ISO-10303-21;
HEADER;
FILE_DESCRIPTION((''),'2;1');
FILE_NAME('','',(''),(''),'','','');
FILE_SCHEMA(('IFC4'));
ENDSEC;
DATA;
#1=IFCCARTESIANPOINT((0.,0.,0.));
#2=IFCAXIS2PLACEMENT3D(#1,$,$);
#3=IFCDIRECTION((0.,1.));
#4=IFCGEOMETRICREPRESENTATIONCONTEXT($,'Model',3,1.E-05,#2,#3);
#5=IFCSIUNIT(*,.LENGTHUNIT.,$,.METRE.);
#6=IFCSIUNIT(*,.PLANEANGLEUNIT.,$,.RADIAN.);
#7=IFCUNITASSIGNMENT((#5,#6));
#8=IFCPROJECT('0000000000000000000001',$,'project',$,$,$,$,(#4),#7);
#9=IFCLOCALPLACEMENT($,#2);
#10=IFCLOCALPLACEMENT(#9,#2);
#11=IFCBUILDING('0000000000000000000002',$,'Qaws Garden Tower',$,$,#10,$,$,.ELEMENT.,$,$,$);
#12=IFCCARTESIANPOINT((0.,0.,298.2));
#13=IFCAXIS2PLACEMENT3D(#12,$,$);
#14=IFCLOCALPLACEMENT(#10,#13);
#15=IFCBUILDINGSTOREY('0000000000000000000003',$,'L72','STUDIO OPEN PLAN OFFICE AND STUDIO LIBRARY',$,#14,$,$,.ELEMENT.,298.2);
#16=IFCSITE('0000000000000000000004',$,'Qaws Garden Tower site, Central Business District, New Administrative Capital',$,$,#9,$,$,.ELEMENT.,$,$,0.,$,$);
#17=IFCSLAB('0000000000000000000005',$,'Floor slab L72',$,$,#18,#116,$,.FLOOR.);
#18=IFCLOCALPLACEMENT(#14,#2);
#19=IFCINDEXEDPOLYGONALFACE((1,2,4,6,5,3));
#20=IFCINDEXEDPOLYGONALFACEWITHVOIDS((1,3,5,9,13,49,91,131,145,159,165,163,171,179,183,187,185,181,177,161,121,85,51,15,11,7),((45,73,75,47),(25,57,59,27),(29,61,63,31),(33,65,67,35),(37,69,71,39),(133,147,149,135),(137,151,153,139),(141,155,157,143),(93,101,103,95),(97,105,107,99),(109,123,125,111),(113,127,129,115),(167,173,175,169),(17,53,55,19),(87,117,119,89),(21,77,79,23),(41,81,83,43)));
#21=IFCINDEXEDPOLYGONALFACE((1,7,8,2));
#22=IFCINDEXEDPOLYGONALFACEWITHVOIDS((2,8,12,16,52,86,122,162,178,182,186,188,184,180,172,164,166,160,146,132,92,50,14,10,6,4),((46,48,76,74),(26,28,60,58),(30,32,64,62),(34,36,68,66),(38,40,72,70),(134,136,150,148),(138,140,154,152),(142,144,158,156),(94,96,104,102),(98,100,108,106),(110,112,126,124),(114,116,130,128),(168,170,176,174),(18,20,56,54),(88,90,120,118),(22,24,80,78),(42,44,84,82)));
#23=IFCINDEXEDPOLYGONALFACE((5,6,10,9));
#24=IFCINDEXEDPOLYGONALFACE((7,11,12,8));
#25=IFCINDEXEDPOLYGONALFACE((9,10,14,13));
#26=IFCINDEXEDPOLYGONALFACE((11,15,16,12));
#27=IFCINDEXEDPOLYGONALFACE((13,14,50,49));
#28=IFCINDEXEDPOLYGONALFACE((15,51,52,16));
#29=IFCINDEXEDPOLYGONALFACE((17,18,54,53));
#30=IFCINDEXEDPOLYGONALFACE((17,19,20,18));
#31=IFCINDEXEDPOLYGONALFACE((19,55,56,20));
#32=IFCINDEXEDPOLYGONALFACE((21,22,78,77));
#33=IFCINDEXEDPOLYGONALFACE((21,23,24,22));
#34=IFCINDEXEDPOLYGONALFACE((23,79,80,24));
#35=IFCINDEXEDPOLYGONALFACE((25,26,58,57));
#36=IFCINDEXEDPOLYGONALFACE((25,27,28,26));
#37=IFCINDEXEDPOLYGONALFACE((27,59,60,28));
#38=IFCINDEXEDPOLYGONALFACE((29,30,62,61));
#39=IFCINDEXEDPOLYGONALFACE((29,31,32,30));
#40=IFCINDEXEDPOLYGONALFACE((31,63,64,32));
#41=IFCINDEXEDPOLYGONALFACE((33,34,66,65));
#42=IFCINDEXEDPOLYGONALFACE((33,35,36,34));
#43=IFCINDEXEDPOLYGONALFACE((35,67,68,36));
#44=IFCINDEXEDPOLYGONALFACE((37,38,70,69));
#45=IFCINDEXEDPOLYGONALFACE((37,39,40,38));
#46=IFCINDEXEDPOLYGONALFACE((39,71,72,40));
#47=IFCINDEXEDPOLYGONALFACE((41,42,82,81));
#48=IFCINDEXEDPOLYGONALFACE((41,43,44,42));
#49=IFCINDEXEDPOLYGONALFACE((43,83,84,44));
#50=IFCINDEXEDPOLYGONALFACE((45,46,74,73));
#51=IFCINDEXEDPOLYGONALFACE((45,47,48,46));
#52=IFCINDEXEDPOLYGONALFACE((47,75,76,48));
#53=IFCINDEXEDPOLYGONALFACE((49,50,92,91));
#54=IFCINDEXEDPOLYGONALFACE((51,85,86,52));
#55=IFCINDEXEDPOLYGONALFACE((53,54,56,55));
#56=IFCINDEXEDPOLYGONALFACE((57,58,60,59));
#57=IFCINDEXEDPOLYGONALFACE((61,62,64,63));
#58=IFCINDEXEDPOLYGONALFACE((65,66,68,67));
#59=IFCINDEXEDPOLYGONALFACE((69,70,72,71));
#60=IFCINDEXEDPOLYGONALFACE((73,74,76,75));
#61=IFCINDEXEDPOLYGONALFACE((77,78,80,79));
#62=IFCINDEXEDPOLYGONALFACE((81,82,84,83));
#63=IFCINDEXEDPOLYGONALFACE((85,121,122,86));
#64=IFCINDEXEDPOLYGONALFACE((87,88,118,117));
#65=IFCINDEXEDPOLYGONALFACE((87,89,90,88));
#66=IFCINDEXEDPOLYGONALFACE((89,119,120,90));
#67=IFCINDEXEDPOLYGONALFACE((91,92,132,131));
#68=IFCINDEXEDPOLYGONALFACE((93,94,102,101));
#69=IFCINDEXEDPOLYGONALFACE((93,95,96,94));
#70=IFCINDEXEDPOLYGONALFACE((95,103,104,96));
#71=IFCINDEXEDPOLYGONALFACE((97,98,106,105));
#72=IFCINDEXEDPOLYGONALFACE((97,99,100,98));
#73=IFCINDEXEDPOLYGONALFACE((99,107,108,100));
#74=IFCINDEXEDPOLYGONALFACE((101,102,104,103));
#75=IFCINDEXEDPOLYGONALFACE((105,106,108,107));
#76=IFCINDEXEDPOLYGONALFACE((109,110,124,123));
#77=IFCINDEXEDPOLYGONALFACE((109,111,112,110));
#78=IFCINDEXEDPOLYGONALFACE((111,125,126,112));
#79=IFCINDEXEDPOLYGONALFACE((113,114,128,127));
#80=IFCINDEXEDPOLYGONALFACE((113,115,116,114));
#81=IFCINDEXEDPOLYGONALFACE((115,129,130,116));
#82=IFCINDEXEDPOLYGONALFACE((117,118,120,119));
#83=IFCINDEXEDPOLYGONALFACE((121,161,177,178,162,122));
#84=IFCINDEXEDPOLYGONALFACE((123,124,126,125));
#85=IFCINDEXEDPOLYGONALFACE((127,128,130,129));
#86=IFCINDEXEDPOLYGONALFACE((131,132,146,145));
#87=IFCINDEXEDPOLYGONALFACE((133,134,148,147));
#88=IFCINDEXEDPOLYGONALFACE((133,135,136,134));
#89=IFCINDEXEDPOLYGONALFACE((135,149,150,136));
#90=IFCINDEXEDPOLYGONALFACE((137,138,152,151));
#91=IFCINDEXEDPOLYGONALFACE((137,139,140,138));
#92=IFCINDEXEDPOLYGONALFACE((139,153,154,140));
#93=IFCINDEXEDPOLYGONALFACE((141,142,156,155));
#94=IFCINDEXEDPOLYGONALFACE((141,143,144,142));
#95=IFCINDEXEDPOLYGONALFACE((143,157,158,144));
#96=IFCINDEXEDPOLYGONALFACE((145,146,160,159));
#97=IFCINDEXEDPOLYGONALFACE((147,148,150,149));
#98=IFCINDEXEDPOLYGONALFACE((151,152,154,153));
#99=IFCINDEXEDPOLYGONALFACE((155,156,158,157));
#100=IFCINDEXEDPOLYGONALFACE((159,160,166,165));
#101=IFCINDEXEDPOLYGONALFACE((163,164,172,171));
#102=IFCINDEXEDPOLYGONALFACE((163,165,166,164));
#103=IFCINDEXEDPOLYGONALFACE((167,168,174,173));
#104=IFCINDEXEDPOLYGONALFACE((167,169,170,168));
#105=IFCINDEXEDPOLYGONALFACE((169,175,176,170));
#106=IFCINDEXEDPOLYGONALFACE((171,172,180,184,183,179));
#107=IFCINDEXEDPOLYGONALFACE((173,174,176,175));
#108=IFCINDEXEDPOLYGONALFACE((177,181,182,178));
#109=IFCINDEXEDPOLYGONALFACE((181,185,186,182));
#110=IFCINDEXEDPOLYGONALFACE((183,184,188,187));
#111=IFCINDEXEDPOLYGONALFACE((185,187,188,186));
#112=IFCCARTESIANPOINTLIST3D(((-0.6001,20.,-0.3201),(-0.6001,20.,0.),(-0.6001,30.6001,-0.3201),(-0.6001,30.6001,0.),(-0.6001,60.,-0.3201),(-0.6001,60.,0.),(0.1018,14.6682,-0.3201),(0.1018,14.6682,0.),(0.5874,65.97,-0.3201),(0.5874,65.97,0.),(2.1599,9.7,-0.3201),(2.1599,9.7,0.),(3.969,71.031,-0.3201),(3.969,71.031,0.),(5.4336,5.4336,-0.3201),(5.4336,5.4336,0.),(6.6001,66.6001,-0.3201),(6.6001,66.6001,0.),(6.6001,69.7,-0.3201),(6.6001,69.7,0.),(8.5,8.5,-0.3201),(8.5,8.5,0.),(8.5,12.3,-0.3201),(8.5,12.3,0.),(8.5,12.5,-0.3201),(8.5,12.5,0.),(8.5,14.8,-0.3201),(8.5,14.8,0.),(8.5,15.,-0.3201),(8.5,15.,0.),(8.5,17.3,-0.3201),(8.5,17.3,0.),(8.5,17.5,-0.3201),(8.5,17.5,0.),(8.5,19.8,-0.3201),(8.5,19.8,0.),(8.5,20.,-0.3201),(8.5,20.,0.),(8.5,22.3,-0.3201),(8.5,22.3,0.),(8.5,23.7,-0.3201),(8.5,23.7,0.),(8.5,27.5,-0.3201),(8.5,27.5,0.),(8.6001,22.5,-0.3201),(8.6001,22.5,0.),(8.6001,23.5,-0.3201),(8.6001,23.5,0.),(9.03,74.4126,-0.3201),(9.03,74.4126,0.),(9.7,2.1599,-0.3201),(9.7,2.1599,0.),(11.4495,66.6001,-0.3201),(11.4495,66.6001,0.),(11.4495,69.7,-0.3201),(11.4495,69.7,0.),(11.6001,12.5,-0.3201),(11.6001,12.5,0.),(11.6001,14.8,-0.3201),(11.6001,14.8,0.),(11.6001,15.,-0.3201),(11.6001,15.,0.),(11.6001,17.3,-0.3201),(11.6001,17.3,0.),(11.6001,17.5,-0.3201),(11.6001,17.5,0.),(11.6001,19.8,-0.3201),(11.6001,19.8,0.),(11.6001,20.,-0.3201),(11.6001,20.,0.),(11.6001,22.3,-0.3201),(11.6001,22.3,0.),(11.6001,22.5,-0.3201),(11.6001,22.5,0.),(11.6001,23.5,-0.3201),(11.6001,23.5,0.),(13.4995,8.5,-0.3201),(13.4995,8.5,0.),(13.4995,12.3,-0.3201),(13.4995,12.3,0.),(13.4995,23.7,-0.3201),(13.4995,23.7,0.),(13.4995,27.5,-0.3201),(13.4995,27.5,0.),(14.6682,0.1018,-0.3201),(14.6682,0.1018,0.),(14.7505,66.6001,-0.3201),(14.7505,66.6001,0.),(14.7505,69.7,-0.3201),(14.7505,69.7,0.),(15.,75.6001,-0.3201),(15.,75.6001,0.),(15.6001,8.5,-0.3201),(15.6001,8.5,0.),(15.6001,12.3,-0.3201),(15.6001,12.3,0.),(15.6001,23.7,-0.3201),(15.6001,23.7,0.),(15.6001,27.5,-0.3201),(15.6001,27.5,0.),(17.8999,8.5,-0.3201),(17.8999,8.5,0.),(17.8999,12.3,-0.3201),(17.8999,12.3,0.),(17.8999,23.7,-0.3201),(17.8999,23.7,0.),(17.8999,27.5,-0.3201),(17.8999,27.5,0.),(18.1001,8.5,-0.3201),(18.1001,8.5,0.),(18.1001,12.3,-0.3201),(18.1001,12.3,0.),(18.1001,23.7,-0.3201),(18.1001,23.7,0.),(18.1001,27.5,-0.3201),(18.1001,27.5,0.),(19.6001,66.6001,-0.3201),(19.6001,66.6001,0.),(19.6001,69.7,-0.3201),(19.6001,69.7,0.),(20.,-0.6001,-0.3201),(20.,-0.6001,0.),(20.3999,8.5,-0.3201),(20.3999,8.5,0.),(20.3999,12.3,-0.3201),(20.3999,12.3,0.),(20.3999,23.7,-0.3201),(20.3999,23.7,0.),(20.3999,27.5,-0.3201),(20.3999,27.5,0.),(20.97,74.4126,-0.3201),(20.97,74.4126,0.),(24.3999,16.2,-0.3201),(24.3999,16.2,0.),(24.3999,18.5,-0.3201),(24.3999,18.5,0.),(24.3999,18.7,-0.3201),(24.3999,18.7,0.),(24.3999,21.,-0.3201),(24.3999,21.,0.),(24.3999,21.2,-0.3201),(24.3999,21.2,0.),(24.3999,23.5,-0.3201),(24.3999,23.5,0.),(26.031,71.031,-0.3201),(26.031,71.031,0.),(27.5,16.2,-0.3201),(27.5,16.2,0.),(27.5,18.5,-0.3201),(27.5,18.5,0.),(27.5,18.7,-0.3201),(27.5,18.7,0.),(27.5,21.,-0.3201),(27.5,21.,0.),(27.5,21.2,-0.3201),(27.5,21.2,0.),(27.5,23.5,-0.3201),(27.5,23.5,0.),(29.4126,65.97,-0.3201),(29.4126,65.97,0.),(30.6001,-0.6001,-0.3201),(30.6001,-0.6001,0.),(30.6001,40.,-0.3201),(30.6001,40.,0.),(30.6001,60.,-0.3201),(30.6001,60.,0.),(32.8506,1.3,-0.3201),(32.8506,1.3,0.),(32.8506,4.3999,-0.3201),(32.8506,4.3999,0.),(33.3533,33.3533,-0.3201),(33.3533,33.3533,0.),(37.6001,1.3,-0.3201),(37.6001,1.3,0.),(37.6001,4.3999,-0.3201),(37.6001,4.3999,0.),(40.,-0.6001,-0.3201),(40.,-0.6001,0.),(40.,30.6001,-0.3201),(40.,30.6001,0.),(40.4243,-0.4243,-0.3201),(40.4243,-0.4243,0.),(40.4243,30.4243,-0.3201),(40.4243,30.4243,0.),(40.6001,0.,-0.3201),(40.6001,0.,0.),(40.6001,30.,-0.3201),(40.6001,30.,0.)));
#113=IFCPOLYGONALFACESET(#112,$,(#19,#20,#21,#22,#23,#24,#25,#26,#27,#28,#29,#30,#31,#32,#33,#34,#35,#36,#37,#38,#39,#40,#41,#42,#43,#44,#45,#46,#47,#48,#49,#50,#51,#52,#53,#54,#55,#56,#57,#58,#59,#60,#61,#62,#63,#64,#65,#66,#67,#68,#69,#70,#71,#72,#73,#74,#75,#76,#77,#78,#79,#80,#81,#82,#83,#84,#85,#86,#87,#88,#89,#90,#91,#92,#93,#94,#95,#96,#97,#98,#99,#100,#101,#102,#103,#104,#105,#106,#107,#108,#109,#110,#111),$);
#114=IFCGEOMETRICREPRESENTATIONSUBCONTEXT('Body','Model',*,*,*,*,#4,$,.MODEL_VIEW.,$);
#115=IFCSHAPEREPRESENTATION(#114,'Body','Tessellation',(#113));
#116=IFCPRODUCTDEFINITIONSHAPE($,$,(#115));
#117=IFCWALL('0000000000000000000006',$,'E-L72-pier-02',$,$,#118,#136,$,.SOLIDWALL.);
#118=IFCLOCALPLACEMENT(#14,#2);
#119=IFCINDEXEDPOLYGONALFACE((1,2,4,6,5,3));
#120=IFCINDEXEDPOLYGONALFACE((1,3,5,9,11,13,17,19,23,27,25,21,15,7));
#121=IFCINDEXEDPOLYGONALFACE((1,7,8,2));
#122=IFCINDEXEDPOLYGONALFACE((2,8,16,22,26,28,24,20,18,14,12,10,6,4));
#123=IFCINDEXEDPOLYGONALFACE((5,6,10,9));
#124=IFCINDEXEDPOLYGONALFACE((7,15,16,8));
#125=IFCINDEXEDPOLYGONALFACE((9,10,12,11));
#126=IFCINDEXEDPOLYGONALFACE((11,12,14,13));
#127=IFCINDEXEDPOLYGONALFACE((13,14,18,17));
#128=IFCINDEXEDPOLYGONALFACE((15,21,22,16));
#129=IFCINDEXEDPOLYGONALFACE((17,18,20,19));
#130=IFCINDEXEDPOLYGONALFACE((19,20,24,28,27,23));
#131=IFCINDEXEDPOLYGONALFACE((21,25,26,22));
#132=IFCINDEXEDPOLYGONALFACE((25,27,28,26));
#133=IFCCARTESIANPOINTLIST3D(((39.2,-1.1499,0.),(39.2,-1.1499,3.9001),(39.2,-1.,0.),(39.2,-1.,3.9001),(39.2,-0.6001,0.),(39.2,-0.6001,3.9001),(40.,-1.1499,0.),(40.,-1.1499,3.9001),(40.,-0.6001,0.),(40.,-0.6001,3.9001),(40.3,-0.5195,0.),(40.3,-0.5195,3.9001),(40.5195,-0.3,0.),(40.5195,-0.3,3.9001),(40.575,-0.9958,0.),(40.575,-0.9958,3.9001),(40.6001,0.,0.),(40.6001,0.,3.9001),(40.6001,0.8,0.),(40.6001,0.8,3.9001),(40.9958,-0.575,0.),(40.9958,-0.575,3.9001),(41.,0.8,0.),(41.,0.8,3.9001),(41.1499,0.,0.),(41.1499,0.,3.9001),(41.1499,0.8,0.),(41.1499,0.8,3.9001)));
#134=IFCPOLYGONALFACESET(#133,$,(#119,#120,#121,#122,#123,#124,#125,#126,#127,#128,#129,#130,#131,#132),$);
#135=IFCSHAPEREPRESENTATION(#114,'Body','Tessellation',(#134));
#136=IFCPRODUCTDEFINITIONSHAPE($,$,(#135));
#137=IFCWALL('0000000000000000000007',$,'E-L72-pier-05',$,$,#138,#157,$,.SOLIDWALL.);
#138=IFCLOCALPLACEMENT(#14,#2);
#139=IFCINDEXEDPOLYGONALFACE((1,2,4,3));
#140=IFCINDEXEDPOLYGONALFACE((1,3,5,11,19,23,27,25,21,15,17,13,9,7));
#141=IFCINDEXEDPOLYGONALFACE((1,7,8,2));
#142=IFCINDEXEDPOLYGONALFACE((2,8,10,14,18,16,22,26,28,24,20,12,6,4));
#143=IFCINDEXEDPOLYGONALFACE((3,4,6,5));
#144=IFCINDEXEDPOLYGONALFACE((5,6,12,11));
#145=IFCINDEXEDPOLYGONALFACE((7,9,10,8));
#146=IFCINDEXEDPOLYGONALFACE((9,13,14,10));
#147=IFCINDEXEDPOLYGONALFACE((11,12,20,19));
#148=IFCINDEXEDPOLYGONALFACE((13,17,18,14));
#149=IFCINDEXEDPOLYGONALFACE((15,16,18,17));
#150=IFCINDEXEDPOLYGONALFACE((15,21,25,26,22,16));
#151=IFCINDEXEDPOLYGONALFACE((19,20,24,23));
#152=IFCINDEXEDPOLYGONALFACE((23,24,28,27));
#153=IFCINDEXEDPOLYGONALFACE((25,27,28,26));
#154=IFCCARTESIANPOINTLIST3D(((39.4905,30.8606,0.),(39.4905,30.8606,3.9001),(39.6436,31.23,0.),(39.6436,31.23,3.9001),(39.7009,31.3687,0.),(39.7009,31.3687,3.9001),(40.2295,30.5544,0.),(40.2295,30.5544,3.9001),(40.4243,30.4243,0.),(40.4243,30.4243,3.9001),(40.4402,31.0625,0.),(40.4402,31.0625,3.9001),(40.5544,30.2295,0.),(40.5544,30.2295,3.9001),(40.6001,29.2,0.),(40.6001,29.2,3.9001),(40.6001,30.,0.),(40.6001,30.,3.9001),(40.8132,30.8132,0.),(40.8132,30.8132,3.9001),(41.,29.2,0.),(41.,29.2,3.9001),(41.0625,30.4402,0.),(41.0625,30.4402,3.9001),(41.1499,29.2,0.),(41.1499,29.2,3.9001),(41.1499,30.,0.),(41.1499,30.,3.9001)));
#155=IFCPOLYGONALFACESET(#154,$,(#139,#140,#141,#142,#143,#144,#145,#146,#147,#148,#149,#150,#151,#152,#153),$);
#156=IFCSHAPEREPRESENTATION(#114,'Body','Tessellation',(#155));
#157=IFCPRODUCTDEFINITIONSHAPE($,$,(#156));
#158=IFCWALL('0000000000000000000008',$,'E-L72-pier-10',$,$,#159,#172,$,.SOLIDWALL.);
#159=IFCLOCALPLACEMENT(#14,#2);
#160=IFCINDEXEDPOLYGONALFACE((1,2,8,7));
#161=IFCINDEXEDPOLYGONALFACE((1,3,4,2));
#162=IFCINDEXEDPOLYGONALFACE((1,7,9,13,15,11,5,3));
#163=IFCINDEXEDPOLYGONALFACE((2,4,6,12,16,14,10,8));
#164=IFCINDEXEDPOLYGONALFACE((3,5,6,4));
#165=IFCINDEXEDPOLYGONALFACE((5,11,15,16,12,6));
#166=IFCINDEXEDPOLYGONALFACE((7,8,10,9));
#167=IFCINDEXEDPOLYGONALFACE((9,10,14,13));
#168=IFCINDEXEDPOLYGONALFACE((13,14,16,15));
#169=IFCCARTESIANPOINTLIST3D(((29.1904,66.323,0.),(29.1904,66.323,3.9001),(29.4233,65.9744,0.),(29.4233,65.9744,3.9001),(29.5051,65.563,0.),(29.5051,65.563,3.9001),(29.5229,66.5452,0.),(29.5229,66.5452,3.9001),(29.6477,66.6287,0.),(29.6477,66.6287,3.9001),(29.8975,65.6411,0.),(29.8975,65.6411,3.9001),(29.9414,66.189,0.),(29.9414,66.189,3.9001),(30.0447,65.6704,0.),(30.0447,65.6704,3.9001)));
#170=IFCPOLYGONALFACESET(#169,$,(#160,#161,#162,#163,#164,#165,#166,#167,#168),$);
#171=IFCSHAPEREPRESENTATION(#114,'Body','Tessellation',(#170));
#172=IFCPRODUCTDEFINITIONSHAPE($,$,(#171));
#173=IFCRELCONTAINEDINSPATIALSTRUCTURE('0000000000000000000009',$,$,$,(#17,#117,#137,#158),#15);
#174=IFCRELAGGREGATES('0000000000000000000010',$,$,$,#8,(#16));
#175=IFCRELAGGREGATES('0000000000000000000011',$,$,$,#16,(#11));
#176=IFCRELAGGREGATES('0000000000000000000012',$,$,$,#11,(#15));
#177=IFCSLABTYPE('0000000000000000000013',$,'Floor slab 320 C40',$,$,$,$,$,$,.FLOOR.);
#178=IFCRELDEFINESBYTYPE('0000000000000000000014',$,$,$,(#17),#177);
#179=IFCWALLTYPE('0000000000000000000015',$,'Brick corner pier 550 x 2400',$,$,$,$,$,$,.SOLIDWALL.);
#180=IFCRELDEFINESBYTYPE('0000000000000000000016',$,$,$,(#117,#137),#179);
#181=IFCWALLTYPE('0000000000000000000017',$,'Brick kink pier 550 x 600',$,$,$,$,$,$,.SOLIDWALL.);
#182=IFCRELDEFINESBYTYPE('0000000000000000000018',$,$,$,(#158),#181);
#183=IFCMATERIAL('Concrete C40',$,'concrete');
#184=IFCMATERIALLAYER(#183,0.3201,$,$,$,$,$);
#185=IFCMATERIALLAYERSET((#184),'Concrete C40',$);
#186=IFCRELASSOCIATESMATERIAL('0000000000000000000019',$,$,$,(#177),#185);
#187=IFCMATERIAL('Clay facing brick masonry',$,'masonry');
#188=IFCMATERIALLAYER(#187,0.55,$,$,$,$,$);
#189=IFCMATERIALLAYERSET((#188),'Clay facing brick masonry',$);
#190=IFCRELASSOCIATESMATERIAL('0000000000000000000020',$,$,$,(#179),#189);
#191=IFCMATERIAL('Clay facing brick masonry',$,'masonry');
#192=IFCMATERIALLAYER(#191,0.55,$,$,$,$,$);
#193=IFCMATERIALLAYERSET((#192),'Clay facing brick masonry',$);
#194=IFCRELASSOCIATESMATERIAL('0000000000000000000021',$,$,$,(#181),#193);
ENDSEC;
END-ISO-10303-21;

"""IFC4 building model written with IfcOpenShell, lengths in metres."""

from ifc_helpers import new_model, si_unit, direction, frame, origin, place, context, subcontext, project, spatial, polyline, outline, extrude, material, layer, layer_set, type_object, element, save


model = new_model("IFC4")

# Units and contexts
model_context = context("Model", 3, precision=1e-05, world=origin(), true_north=direction((0.0, 1.0)))
body_context = subcontext(model_context, "Body", "Model", "MODEL_VIEW")
ifc_project = project(units=[si_unit("LENGTHUNIT", "METRE"), si_unit("PLANEANGLEUNIT", "RADIAN")], contexts=[model_context])

# Site, building, storey
site_placement = place(None, origin())
site = spatial("IfcSite", under=ifc_project, at=site_placement, Name="Qaws Garden Tower site, Central Business District, New Administrative Capital", CompositionType="ELEMENT", RefElevation=0.0)
building_placement = place(site_placement, origin())
building = spatial("IfcBuilding", under=site, at=building_placement, Name="Qaws Garden Tower", CompositionType="ELEMENT")
storey_placement = place(building_placement, frame((0.0, 0.0, 298.2)))
storey = spatial("IfcBuildingStorey", under=building, at=storey_placement, Name="L72", Description="STUDIO OPEN PLAN OFFICE AND STUDIO LIBRARY", CompositionType="ELEMENT", Elevation=298.2)

# Slab
ifc_material_1 = material(Name="Concrete C40", Category="concrete")
ifc_layer_1 = layer(ifc_material_1, 0.3201)
ifc_layer_set_1 = layer_set([ifc_layer_1], Name="Concrete C40")
slab_type = type_object("IfcSlabType", Name="Floor slab 320 C40", PredefinedType="FLOOR", material=ifc_layer_set_1)
slab_placement = place(storey_placement, frame((0.0, 0.0, -0.3201)))
element("IfcSlab", 1, at=slab_placement, inside=storey, type_object=slab_type, Name="Floor slab L72", PredefinedType="FLOOR", context=body_context, shape_type="SweptSolid", body=[
    extrude(outline(polyline([(0.1018, 14.6682), (-0.6001, 20.0), (-0.6001, 30.6001), (-0.6001, 60.0), (-0.6001, 60.0), (0.5874, 65.97), (3.969, 71.031), (9.03, 74.4126), (15.0, 75.6001), (20.97, 74.4126), (26.031, 71.031), (29.4126, 65.97), (30.6001, 60.0), (30.6001, 40.0), (33.3533, 33.3533), (40.0, 30.6001), (40.4243, 30.4243), (40.6001, 30.0), (40.6001, 0.0), (40.4243, -0.4243), (40.0, -0.6001), (30.6001, -0.6001), (20.0, -0.6001), (14.6682, 0.1018), (9.7, 2.1599), (5.4336, 5.4336), (2.1599, 9.7), (0.1018, 14.6682)]), holes=[polyline([(13.4995, 12.3), (8.5, 12.3), (8.5, 8.5), (13.4995, 8.5), (13.4995, 12.3)]), polyline([(17.8999, 12.3), (15.6001, 12.3), (15.6001, 8.5), (17.8999, 8.5), (17.8999, 12.3)]), polyline([(11.6001, 14.8), (8.5, 14.8), (8.5, 12.5), (11.6001, 12.5), (11.6001, 14.8)]), polyline([(11.6001, 17.3), (8.5, 17.3), (8.5, 15.0), (11.6001, 15.0), (11.6001, 17.3)]), polyline([(11.6001, 19.8), (8.5, 19.8), (8.5, 17.5), (11.6001, 17.5), (11.6001, 19.8)]), polyline([(11.6001, 22.3), (8.5, 22.3), (8.5, 20.0), (11.6001, 20.0), (11.6001, 22.3)]), polyline([(11.6001, 23.5), (8.6001, 23.5), (8.6001, 22.5), (11.6001, 22.5), (11.6001, 23.5)]), polyline([(13.4995, 27.5), (8.5, 27.5), (8.5, 23.7), (13.4995, 23.7), (13.4995, 27.5)]), polyline([(11.4495, 69.7), (6.6001, 69.7), (6.6001, 66.6001), (11.4495, 66.6001), (11.4495, 69.7)]), polyline([(37.6001, 4.3999), (32.8506, 4.3999), (32.8506, 1.3), (37.6001, 1.3), (37.6001, 4.3999)]), polyline([(20.3999, 12.3), (18.1001, 12.3), (18.1001, 8.5), (20.3999, 8.5), (20.3999, 12.3)]), polyline([(27.5, 18.5), (24.3999, 18.5), (24.3999, 16.2), (27.5, 16.2), (27.5, 18.5)]), polyline([(27.5, 21.0), (24.3999, 21.0), (24.3999, 18.7), (27.5, 18.7), (27.5, 21.0)]), polyline([(27.5, 23.5), (24.3999, 23.5), (24.3999, 21.2), (27.5, 21.2), (27.5, 23.5)]), polyline([(17.8999, 27.5), (15.6001, 27.5), (15.6001, 23.7), (17.8999, 23.7), (17.8999, 27.5)]), polyline([(20.3999, 23.7), (20.3999, 27.5), (18.1001, 27.5), (18.1001, 23.7), (20.3999, 23.7)]), polyline([(19.6001, 66.6001), (19.6001, 69.7), (14.7505, 69.7), (14.7505, 66.6001), (19.6001, 66.6001)])]), origin(), (0.0, 0.0, 1.0), 0.3201),
])

# Walls
ifc_material_2 = material(Name="Clay facing brick masonry", Category="masonry")
ifc_layer_2 = layer(ifc_material_2, 0.55)
ifc_layer_set_2 = layer_set([ifc_layer_2], Name="Clay facing brick masonry")
wall_type_1 = type_object("IfcWallType", Name="Brick corner pier 550 x 2400", PredefinedType="SOLIDWALL", material=ifc_layer_set_2)
placement = place(storey_placement, origin())
element("IfcWall", 2, at=placement, inside=storey, type_object=wall_type_1, Name="E-L72-pier-02", PredefinedType="SOLIDWALL", context=body_context, shape_type="SweptSolid", body=[
    extrude(outline(polyline([(39.2, -1.0), (39.2, -1.1499), (40.0, -1.1499), (40.575, -0.9958), (40.9958, -0.575), (41.1499, 0.0), (41.1499, 0.8), (41.0, 0.8), (40.6001, 0.8), (40.6001, 0.0), (40.5195, -0.3), (40.3, -0.5195), (40.0, -0.6001), (39.2, -0.6001), (39.2, -1.0)])), origin(), (0.0, 0.0, 1.0), 3.9001),
])
element("IfcWall", 3, at=placement, inside=storey, type_object=wall_type_1, Name="E-L72-pier-05", PredefinedType="SOLIDWALL", context=body_context, shape_type="SweptSolid", body=[
    extrude(outline(polyline([(41.0, 29.2), (41.1499, 29.2), (41.1499, 30.0), (41.0625, 30.4402), (40.8132, 30.8132), (40.4402, 31.0625), (39.7009, 31.3687), (39.6436, 31.23), (39.4905, 30.8606), (40.2295, 30.5544), (40.4243, 30.4243), (40.5544, 30.2295), (40.6001, 30.0), (40.6001, 29.2), (41.0, 29.2)])), origin(), (0.0, 0.0, 1.0), 3.9001),
])
ifc_material_3 = material(Name="Clay facing brick masonry", Category="masonry")
ifc_layer_3 = layer(ifc_material_3, 0.55)
ifc_layer_set_3 = layer_set([ifc_layer_3], Name="Clay facing brick masonry")
wall_type_2 = type_object("IfcWallType", Name="Brick kink pier 550 x 600", PredefinedType="SOLIDWALL", material=ifc_layer_set_3)
element("IfcWall", 4, at=placement, inside=storey, type_object=wall_type_2, Name="E-L72-pier-10", PredefinedType="SOLIDWALL", context=body_context, shape_type="SweptSolid", body=[
    extrude(outline(polyline([(29.8975, 65.6411), (30.0447, 65.6704), (29.9414, 66.189), (29.6477, 66.6287), (29.5229, 66.5452), (29.1904, 66.323), (29.4233, 65.9744), (29.5051, 65.563), (29.8975, 65.6411)])), origin(), (0.0, 0.0, 1.0), 3.9001),
])

save(model, "model.ifc")
